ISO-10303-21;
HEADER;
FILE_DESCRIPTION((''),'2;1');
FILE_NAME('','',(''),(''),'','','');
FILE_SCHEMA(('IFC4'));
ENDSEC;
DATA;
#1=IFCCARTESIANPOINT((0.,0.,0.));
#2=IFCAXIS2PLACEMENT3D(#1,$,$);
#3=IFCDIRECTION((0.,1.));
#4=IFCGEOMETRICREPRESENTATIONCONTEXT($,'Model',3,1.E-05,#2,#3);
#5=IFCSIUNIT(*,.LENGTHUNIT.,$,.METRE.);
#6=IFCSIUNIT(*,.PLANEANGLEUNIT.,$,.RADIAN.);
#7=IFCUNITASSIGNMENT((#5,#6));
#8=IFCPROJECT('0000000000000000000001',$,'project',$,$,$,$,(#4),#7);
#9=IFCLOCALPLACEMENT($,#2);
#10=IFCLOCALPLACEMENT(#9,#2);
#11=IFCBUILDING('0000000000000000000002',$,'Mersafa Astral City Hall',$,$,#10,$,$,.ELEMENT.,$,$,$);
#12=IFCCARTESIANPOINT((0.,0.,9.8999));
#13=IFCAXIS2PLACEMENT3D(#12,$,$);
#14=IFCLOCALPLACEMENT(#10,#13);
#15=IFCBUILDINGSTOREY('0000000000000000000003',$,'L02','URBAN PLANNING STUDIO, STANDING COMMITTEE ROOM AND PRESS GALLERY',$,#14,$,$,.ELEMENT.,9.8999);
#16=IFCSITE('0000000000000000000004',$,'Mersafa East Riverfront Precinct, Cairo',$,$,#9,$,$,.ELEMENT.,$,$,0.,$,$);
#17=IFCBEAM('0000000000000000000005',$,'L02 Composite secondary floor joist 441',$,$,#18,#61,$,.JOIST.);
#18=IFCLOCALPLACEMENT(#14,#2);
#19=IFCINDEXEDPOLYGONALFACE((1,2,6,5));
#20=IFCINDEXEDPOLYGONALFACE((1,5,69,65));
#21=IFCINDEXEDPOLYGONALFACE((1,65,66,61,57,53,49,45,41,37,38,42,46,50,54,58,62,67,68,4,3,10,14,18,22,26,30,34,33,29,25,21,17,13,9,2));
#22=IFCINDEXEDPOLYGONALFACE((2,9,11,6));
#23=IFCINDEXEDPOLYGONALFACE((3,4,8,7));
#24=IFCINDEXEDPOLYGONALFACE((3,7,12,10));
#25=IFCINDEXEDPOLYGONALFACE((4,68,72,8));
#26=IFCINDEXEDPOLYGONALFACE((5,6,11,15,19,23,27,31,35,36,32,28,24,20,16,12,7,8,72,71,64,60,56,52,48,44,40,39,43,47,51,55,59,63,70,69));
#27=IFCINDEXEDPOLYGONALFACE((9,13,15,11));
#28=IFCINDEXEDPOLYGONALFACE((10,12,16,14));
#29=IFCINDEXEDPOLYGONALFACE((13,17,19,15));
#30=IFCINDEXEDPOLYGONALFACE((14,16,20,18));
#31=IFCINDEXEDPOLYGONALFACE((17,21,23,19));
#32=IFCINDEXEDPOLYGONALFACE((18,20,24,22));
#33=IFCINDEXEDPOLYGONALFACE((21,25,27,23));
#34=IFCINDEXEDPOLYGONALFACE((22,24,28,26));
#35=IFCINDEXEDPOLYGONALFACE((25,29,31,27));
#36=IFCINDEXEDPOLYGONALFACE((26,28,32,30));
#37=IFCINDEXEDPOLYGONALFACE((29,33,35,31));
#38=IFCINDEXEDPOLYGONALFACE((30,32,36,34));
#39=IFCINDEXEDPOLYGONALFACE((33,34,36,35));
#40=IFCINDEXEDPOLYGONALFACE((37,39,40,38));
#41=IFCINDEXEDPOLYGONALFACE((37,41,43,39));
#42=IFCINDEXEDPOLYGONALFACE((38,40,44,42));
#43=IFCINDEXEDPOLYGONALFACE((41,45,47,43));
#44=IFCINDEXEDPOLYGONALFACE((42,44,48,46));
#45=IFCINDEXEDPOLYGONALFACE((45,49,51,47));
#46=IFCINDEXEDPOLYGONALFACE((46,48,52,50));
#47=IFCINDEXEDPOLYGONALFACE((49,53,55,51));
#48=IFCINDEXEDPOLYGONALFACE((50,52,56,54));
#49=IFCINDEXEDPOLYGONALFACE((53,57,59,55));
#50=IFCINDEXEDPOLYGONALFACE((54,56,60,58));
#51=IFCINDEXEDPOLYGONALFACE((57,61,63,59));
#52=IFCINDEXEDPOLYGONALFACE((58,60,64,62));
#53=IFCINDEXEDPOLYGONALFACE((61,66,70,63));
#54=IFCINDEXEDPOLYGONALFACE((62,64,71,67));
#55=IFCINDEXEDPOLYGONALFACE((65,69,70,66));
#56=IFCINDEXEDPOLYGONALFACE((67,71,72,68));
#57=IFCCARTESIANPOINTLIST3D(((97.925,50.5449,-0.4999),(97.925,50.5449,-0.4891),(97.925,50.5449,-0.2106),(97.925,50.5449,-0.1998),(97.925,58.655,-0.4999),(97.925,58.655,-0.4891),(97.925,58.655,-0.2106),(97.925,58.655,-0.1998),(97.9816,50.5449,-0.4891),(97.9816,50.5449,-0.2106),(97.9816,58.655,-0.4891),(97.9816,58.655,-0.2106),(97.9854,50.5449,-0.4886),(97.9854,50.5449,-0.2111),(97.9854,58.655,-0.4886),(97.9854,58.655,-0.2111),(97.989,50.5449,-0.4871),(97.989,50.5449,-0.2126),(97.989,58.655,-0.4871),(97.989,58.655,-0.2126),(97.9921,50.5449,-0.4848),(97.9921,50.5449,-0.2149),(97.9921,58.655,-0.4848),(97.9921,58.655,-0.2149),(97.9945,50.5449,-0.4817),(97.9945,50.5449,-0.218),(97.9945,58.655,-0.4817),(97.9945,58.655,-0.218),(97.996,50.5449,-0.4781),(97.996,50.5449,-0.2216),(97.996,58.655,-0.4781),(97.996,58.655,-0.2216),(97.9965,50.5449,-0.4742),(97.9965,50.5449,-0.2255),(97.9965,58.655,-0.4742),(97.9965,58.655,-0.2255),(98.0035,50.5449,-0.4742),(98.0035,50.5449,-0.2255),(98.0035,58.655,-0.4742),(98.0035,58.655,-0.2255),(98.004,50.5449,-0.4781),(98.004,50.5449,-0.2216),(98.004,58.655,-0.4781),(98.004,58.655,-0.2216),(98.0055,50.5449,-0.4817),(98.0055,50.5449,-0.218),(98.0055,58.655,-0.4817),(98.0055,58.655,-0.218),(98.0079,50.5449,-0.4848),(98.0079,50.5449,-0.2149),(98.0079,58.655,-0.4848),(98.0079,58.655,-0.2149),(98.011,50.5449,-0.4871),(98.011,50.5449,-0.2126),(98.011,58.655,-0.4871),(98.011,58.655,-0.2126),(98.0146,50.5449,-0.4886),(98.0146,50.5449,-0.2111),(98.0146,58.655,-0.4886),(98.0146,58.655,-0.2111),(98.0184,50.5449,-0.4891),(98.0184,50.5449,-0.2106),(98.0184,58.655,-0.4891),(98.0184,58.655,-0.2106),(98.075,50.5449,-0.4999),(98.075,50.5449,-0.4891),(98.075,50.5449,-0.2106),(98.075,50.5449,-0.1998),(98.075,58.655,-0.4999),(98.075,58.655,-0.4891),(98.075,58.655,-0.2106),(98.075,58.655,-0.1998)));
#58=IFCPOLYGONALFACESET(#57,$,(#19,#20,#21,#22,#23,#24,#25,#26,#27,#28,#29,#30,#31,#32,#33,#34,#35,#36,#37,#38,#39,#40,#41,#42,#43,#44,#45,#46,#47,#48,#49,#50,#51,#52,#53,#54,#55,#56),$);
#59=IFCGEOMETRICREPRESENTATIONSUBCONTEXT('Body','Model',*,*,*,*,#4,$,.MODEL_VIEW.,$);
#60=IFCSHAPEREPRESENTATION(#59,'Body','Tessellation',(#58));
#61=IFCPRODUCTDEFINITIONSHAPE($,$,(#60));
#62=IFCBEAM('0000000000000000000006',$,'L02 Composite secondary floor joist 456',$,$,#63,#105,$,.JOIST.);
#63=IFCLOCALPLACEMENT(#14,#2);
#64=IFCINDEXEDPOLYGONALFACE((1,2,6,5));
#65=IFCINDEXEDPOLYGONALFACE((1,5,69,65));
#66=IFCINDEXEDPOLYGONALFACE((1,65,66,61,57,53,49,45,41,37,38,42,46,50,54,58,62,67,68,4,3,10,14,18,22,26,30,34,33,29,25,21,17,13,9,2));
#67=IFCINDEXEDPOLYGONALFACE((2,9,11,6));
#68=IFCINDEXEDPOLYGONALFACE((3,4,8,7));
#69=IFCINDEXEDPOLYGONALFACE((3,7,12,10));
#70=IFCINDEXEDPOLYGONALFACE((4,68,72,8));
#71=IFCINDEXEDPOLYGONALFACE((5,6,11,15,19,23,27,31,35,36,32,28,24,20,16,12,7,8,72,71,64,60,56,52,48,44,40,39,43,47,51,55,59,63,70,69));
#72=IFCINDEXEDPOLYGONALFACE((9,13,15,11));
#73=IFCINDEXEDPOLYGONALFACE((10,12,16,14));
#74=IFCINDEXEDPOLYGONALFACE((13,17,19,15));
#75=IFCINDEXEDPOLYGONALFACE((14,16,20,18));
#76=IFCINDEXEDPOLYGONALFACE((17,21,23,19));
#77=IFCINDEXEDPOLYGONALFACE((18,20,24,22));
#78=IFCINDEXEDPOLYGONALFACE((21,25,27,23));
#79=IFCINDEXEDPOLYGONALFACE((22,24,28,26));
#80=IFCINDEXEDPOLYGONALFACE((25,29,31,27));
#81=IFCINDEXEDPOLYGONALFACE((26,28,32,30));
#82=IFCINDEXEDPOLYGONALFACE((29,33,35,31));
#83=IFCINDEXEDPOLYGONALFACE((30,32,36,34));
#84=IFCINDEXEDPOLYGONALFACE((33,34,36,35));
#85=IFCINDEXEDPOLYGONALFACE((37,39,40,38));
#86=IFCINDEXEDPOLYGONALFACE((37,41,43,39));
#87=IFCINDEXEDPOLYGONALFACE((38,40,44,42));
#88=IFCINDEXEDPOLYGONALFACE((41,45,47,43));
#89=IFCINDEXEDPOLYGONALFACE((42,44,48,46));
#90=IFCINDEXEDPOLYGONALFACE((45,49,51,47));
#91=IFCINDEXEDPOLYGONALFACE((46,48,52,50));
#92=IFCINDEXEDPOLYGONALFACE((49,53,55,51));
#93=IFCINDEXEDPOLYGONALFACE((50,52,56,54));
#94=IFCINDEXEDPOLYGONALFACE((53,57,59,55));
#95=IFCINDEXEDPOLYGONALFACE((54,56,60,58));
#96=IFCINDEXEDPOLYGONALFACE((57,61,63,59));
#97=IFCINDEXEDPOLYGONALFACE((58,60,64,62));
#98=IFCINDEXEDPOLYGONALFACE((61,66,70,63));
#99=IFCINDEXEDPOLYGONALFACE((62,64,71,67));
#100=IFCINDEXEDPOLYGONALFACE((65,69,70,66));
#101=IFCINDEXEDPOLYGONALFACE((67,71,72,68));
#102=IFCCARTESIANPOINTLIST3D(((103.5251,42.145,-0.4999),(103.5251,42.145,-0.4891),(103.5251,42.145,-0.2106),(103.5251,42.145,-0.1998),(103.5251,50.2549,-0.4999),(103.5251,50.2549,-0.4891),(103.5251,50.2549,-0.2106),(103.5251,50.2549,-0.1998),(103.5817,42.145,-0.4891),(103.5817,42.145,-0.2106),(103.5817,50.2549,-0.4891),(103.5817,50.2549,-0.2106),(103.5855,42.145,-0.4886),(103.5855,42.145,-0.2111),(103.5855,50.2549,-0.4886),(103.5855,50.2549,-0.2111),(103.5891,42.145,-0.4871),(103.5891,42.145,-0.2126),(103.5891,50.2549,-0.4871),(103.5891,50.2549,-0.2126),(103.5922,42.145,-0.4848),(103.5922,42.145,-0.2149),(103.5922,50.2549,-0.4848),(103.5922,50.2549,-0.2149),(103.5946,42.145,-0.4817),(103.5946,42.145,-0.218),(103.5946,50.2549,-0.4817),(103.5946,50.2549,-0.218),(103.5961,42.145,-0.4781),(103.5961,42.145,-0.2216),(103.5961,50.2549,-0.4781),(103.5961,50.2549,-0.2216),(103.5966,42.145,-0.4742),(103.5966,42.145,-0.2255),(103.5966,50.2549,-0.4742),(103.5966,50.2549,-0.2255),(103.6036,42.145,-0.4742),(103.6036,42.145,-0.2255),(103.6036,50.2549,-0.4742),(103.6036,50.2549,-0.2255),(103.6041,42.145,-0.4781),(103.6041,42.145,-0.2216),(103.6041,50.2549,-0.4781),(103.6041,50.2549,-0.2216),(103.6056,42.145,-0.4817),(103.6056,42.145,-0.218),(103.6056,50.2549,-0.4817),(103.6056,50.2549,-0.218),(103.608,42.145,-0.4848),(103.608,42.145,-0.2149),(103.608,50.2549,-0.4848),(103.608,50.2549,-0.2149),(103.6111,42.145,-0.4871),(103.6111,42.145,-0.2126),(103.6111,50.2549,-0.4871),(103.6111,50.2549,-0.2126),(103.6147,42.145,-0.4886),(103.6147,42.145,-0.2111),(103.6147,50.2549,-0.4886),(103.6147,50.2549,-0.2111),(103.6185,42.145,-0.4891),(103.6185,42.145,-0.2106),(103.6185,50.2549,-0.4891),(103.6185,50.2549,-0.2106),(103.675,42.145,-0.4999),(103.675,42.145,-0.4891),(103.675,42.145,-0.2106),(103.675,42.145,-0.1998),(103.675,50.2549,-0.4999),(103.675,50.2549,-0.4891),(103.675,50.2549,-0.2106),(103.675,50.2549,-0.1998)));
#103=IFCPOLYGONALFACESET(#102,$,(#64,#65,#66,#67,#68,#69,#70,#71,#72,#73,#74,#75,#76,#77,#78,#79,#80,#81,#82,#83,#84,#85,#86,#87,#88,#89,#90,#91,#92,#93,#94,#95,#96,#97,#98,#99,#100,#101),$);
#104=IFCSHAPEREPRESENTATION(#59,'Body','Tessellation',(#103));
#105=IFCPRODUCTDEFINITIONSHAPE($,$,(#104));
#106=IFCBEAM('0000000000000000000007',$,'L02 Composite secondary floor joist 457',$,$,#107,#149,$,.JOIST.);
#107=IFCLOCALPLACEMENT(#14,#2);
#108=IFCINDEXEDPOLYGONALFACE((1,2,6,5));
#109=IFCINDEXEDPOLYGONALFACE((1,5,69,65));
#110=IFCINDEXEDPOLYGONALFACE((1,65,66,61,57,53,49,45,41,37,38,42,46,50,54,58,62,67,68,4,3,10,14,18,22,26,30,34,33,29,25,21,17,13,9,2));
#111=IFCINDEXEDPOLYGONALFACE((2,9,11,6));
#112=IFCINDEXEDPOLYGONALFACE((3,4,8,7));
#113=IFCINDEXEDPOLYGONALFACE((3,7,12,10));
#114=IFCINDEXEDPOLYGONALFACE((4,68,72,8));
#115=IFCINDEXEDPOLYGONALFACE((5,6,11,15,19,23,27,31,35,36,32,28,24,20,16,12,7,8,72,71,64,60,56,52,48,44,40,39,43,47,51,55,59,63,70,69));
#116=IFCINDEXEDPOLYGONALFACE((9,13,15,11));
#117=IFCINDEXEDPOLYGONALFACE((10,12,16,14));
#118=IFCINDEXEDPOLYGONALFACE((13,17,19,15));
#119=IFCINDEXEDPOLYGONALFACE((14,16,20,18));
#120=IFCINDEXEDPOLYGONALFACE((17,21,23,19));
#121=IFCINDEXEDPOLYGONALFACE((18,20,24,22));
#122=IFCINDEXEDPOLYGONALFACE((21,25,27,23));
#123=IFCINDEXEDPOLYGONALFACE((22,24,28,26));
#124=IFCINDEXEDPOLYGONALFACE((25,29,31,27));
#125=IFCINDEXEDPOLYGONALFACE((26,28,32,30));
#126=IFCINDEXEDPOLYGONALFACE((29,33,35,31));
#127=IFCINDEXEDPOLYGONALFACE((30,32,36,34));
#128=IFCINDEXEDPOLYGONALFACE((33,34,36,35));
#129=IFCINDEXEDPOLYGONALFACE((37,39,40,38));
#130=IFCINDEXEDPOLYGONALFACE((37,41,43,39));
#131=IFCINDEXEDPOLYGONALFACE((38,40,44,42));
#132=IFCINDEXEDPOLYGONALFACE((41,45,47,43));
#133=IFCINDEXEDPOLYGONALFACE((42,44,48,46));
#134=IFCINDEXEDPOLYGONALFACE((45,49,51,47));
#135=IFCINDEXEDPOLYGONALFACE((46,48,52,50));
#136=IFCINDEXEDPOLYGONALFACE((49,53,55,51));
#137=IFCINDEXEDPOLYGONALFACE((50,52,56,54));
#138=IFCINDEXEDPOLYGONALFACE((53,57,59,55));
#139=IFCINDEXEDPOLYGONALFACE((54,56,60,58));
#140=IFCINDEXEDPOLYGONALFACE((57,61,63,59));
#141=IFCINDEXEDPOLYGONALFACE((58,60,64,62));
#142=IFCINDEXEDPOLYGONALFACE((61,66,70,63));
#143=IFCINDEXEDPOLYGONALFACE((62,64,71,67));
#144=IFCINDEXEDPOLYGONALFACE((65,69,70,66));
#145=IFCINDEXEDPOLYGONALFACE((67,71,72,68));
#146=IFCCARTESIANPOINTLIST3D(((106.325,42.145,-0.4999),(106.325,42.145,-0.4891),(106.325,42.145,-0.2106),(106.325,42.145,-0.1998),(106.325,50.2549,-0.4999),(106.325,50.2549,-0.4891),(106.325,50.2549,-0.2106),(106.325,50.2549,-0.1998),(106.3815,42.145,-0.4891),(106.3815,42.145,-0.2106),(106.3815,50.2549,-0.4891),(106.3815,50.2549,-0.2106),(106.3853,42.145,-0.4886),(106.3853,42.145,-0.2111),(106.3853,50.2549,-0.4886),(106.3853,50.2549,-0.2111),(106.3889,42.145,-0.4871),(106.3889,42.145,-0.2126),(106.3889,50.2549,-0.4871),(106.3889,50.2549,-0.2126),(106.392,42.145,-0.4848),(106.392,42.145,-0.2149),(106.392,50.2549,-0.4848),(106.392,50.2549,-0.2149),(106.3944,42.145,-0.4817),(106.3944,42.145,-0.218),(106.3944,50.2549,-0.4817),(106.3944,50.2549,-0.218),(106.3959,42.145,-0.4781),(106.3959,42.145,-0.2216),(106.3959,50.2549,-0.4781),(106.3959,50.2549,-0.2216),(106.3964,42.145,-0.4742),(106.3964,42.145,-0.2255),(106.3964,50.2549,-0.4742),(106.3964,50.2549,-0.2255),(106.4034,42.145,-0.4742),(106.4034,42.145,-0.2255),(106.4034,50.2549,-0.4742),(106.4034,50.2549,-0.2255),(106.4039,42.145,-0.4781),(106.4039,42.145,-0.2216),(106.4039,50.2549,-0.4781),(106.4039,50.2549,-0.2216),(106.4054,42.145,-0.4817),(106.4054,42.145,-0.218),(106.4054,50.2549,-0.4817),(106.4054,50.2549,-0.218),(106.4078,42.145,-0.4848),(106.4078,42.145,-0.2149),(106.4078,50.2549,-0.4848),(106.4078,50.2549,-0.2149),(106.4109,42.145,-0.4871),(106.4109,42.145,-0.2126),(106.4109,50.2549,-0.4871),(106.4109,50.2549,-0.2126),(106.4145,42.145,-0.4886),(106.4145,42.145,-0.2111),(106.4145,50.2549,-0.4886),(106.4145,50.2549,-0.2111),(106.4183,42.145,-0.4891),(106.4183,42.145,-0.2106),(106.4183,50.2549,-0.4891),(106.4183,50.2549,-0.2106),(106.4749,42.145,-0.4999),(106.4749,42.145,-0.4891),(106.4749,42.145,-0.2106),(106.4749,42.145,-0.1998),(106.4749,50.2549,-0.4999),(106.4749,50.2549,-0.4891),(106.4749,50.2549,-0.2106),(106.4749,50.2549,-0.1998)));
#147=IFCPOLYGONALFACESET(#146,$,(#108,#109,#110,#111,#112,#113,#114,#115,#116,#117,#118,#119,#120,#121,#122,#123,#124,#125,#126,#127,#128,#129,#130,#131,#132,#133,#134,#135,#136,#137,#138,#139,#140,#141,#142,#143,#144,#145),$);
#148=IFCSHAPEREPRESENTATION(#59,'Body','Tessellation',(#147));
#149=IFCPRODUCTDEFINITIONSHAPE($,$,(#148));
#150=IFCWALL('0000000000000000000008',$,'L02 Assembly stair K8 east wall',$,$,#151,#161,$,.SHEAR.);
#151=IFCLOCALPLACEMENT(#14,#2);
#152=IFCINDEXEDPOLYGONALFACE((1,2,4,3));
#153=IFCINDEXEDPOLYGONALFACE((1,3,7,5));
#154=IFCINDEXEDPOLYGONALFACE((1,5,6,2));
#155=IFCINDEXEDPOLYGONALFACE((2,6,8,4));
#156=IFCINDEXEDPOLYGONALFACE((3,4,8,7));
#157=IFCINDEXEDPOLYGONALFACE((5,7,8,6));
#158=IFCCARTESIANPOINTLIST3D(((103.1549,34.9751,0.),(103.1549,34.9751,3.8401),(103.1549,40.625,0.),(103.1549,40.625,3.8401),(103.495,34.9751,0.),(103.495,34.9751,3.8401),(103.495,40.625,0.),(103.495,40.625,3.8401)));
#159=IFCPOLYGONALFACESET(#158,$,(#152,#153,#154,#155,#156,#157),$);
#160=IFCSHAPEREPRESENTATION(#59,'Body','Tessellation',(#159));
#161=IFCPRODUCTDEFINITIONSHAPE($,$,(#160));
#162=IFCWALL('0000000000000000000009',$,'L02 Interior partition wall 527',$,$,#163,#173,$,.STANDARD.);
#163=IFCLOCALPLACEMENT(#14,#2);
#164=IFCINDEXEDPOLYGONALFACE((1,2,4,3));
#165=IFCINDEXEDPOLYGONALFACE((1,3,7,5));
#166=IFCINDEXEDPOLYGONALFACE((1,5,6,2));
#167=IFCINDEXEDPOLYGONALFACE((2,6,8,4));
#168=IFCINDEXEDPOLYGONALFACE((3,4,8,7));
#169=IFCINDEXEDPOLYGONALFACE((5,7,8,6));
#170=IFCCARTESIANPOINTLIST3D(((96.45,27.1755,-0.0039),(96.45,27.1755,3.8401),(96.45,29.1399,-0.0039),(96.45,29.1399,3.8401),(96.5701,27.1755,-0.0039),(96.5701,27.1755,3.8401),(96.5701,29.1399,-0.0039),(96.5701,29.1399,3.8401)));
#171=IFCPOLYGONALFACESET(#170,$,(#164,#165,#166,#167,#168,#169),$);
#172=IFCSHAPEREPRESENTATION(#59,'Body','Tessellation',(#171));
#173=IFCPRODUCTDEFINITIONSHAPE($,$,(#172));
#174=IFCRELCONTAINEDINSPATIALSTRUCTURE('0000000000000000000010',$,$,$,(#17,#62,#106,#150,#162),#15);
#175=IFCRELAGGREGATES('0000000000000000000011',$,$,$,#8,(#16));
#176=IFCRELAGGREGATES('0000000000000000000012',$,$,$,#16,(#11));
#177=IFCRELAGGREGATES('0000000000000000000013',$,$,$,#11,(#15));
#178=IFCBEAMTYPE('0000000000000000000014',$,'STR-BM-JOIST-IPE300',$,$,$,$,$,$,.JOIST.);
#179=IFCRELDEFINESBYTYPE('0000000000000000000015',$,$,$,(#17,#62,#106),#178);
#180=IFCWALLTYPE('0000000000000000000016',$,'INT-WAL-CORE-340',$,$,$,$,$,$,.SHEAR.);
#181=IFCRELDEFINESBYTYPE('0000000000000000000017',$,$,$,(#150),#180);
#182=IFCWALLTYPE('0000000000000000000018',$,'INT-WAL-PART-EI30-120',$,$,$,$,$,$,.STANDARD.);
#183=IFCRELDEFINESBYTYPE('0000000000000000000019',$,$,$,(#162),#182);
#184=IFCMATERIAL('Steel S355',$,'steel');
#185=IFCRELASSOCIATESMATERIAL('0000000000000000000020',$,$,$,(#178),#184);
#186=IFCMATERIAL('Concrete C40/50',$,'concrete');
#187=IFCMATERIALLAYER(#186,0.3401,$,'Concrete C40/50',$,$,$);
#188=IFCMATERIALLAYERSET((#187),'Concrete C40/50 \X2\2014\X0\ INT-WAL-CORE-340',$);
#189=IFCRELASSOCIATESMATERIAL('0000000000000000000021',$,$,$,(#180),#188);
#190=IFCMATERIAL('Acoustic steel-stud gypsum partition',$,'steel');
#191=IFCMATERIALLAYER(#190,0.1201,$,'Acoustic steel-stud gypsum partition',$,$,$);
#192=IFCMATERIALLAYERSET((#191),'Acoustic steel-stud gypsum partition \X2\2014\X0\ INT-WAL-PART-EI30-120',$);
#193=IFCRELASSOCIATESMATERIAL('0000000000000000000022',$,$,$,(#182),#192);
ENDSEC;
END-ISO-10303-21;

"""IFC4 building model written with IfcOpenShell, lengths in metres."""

from ifc_helpers import new_model, si_unit, direction, frame, frame_2d, origin, origin_2d, place, context, subcontext, project, spatial, rectangle, i_section, extrude, material, layer, layer_set, material_profile, profile_set, type_object, element, save


model = new_model("IFC4")

# Units and contexts
model_context = context("Model", 3, precision=1e-05, world=origin(), true_north=direction((0.0, 1.0)))
body_context = subcontext(model_context, "Body", "Model", "MODEL_VIEW")
ifc_project = project(units=[si_unit("LENGTHUNIT", "METRE"), si_unit("PLANEANGLEUNIT", "RADIAN")], contexts=[model_context])

# Site, building, storey
site_placement = place(None, origin())
site = spatial("IfcSite", under=ifc_project, at=site_placement, Name="Mersafa East Riverfront Precinct, Cairo", CompositionType="ELEMENT", RefElevation=0.0)
building_placement = place(site_placement, origin())
building = spatial("IfcBuilding", under=site, at=building_placement, Name="Mersafa Astral City Hall", CompositionType="ELEMENT")
storey_placement = place(building_placement, frame((0.0, 0.0, 9.8999)))
storey = spatial("IfcBuildingStorey", under=building, at=storey_placement, Name="L02", Description="URBAN PLANNING STUDIO, STANDING COMMITTEE ROOM AND PRESS GALLERY", CompositionType="ELEMENT", Elevation=9.8999)

# Shared definitions
ifc_material_1 = material(Name="Steel S355", Category="steel")

# Beams
ifc_material_profile_1 = material_profile(ifc_material_1, i_section(OverallWidth=0.1499, OverallDepth=0.3, WebThickness=0.0071, FlangeThickness=0.0107, FilletRadius=0.0149, at=origin_2d()), Name="IPE 300")
ifc_profile_set_1 = profile_set([ifc_material_profile_1], Name="Steel S355")
beam_type_1 = type_object("IfcBeamType", Name="STR-BM-JOIST-IPE300", PredefinedType="JOIST", material=ifc_profile_set_1)
beam_placement = place(storey_placement, frame((98.0, 50.5449, -0.3499), z_axis=(0.0, 1.0, 0.0), x_axis=(-1.0, 0.0, 0.0)))
element("IfcBeam", 1, at=beam_placement, inside=storey, type_object=beam_type_1, Name="L02 Composite secondary floor joist 441", PredefinedType="JOIST", context=body_context, shape_type="SweptSolid", body=[
    extrude(i_section(OverallWidth=0.1499, OverallDepth=0.3, WebThickness=0.0071, FlangeThickness=0.0107, FilletRadius=0.0149, at=origin_2d()), origin(), (0.0, 0.0, 1.0), 8.1101),
])
for number, where, z_axis, x_axis, name in (
    (2, (103.6001, 42.145, -0.3499), (0.0, 1.0, 0.0), (-1.0, 0.0, 0.0), "L02 Composite secondary floor joist 456"),
    (3, (106.3999, 42.145, -0.3499), (0.0, 1.0, 0.0), (-1.0, 0.0, 0.0), "L02 Composite secondary floor joist 457"),
):
    element("IfcBeam", number, at=place(storey_placement, frame(where, z_axis=z_axis, x_axis=x_axis)), inside=storey, type_object=beam_type_1, Name=name, PredefinedType="JOIST", context=body_context, shape_type="SweptSolid", body=[
        extrude(i_section(OverallWidth=0.1499, OverallDepth=0.3, WebThickness=0.0071, FlangeThickness=0.0107, FilletRadius=0.0149, at=origin_2d()), origin(), (0.0, 0.0, 1.0), 8.1099),
    ])

# Walls
ifc_material_2 = material(Name="Concrete C40/50", Category="concrete")
ifc_layer_1 = layer(ifc_material_2, 0.3401, Name="Concrete C40/50")
ifc_layer_set_1 = layer_set([ifc_layer_1], Name="Concrete C40/50 — INT-WAL-CORE-340")
wall_type_1 = type_object("IfcWallType", Name="INT-WAL-CORE-340", PredefinedType="SHEAR", material=ifc_layer_set_1)
wall_1_placement = place(storey_placement, frame((103.325, 34.9751, 0.0), z_axis=(0.0, 0.0, 1.0), x_axis=(0.0, 1.0, 0.0)))
element("IfcWall", 4, at=wall_1_placement, inside=storey, type_object=wall_type_1, Name="L02 Assembly stair K8 east wall", PredefinedType="SHEAR", context=body_context, shape_type="SweptSolid", body=[
    extrude(rectangle(XDim=5.6499, YDim=0.3401, at=frame_2d((2.825, 0.0))), origin(), (0.0, 0.0, 1.0), 3.8401),
])
ifc_material_3 = material(Name="Acoustic steel-stud gypsum partition", Category="steel")
ifc_layer_2 = layer(ifc_material_3, 0.1201, Name="Acoustic steel-stud gypsum partition")
ifc_layer_set_2 = layer_set([ifc_layer_2], Name="Acoustic steel-stud gypsum partition — INT-WAL-PART-EI30-120")
wall_type_2 = type_object("IfcWallType", Name="INT-WAL-PART-EI30-120", PredefinedType="STANDARD", material=ifc_layer_set_2)
wall_2_placement = place(storey_placement, frame((96.51, 29.1399, -0.0039), z_axis=(0.0, 0.0, 1.0), x_axis=(0.0, -1.0, 0.0)))
element("IfcWall", 5, at=wall_2_placement, inside=storey, type_object=wall_type_2, Name="L02 Interior partition wall 527", PredefinedType="STANDARD", context=body_context, shape_type="SweptSolid", body=[
    extrude(rectangle(XDim=1.9644, YDim=0.1201, at=frame_2d((0.9822, 0.0))), origin(), (0.0, 0.0, 1.0), 3.844),
])

save(model, "model.ifc")
